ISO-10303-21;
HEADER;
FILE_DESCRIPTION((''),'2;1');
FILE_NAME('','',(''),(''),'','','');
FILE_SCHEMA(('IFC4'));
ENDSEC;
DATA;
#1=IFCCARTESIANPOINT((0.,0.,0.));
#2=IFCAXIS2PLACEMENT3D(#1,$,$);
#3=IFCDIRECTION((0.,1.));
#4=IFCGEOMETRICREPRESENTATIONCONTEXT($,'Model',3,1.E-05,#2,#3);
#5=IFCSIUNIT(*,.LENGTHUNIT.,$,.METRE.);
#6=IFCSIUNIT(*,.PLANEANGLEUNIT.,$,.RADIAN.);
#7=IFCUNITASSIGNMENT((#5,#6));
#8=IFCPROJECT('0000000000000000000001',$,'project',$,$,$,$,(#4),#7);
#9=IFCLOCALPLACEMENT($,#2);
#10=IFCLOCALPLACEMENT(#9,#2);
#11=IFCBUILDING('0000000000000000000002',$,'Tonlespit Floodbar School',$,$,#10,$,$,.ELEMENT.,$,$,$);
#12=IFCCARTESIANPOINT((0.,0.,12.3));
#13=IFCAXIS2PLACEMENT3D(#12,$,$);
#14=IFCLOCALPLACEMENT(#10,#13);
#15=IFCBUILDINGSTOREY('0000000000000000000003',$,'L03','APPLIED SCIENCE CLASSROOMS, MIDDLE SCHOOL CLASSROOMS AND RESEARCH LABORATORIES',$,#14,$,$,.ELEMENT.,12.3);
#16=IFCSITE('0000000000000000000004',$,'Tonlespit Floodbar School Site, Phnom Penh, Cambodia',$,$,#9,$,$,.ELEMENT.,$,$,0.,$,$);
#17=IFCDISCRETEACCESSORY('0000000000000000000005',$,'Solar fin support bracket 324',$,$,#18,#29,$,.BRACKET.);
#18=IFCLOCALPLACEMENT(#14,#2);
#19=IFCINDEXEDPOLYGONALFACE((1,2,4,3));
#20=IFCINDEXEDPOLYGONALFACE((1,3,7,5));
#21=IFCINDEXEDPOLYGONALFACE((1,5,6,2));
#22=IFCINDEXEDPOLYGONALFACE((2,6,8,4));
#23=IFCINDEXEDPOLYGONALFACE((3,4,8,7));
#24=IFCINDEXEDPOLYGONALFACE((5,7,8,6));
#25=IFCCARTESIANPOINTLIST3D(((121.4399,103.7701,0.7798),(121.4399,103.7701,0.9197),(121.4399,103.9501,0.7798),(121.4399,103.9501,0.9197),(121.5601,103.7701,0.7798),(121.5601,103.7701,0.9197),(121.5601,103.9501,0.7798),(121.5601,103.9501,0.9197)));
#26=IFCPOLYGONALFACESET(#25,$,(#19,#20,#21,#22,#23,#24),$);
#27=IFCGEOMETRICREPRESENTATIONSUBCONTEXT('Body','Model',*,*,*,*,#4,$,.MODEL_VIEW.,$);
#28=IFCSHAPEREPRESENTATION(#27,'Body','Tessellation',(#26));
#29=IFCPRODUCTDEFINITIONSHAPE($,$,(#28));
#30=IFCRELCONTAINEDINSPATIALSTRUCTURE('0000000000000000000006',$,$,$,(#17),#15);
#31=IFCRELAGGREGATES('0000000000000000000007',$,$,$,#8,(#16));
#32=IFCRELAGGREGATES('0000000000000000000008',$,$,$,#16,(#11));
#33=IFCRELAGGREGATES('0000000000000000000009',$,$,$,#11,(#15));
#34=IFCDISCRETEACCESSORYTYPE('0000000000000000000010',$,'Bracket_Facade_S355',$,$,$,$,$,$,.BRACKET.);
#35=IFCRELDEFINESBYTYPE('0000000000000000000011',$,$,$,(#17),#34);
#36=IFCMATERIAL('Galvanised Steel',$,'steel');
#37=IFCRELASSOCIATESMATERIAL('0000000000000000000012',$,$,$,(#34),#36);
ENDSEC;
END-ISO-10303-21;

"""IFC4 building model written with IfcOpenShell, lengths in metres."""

from ifc_helpers import new_model, si_unit, direction, frame, origin, origin_2d, place, context, subcontext, project, spatial, rectangle, extrude, material, type_object, element, save


model = new_model("IFC4")

# Units and contexts
model_context = context("Model", 3, precision=1e-05, world=origin(), true_north=direction((0.0, 1.0)))
body_context = subcontext(model_context, "Body", "Model", "MODEL_VIEW")
ifc_project = project(units=[si_unit("LENGTHUNIT", "METRE"), si_unit("PLANEANGLEUNIT", "RADIAN")], contexts=[model_context])

# Site, building, storey
site_placement = place(None, origin())
site = spatial("IfcSite", under=ifc_project, at=site_placement, Name="Tonlespit Floodbar School Site, Phnom Penh, Cambodia", CompositionType="ELEMENT", RefElevation=0.0)
building_placement = place(site_placement, origin())
building = spatial("IfcBuilding", under=site, at=building_placement, Name="Tonlespit Floodbar School", CompositionType="ELEMENT")
storey_placement = place(building_placement, frame((0.0, 0.0, 12.3)))
storey = spatial("IfcBuildingStorey", under=building, at=storey_placement, Name="L03", Description="APPLIED SCIENCE CLASSROOMS, MIDDLE SCHOOL CLASSROOMS AND RESEARCH LABORATORIES", CompositionType="ELEMENT", Elevation=12.3)

# Discrete accessory
ifc_material_1 = material(Name="Galvanised Steel", Category="steel")
discrete_accessory_type = type_object("IfcDiscreteAccessoryType", Name="Bracket_Facade_S355", PredefinedType="BRACKET", material=ifc_material_1)
discrete_accessory_placement = place(storey_placement, frame((121.5, 103.8601, 0.7798), z_axis=(0.0, 0.0, 1.0), x_axis=(-1.0, 0.0, 0.0)))
element("IfcDiscreteAccessory", 1, at=discrete_accessory_placement, inside=storey, type_object=discrete_accessory_type, Name="Solar fin support bracket 324", PredefinedType="BRACKET", context=body_context, shape_type="SweptSolid", body=[
    extrude(rectangle(XDim=0.1201, YDim=0.1799, at=origin_2d()), origin(), (0.0, 0.0, 1.0), 0.1399),
])

save(model, "model.ifc")
